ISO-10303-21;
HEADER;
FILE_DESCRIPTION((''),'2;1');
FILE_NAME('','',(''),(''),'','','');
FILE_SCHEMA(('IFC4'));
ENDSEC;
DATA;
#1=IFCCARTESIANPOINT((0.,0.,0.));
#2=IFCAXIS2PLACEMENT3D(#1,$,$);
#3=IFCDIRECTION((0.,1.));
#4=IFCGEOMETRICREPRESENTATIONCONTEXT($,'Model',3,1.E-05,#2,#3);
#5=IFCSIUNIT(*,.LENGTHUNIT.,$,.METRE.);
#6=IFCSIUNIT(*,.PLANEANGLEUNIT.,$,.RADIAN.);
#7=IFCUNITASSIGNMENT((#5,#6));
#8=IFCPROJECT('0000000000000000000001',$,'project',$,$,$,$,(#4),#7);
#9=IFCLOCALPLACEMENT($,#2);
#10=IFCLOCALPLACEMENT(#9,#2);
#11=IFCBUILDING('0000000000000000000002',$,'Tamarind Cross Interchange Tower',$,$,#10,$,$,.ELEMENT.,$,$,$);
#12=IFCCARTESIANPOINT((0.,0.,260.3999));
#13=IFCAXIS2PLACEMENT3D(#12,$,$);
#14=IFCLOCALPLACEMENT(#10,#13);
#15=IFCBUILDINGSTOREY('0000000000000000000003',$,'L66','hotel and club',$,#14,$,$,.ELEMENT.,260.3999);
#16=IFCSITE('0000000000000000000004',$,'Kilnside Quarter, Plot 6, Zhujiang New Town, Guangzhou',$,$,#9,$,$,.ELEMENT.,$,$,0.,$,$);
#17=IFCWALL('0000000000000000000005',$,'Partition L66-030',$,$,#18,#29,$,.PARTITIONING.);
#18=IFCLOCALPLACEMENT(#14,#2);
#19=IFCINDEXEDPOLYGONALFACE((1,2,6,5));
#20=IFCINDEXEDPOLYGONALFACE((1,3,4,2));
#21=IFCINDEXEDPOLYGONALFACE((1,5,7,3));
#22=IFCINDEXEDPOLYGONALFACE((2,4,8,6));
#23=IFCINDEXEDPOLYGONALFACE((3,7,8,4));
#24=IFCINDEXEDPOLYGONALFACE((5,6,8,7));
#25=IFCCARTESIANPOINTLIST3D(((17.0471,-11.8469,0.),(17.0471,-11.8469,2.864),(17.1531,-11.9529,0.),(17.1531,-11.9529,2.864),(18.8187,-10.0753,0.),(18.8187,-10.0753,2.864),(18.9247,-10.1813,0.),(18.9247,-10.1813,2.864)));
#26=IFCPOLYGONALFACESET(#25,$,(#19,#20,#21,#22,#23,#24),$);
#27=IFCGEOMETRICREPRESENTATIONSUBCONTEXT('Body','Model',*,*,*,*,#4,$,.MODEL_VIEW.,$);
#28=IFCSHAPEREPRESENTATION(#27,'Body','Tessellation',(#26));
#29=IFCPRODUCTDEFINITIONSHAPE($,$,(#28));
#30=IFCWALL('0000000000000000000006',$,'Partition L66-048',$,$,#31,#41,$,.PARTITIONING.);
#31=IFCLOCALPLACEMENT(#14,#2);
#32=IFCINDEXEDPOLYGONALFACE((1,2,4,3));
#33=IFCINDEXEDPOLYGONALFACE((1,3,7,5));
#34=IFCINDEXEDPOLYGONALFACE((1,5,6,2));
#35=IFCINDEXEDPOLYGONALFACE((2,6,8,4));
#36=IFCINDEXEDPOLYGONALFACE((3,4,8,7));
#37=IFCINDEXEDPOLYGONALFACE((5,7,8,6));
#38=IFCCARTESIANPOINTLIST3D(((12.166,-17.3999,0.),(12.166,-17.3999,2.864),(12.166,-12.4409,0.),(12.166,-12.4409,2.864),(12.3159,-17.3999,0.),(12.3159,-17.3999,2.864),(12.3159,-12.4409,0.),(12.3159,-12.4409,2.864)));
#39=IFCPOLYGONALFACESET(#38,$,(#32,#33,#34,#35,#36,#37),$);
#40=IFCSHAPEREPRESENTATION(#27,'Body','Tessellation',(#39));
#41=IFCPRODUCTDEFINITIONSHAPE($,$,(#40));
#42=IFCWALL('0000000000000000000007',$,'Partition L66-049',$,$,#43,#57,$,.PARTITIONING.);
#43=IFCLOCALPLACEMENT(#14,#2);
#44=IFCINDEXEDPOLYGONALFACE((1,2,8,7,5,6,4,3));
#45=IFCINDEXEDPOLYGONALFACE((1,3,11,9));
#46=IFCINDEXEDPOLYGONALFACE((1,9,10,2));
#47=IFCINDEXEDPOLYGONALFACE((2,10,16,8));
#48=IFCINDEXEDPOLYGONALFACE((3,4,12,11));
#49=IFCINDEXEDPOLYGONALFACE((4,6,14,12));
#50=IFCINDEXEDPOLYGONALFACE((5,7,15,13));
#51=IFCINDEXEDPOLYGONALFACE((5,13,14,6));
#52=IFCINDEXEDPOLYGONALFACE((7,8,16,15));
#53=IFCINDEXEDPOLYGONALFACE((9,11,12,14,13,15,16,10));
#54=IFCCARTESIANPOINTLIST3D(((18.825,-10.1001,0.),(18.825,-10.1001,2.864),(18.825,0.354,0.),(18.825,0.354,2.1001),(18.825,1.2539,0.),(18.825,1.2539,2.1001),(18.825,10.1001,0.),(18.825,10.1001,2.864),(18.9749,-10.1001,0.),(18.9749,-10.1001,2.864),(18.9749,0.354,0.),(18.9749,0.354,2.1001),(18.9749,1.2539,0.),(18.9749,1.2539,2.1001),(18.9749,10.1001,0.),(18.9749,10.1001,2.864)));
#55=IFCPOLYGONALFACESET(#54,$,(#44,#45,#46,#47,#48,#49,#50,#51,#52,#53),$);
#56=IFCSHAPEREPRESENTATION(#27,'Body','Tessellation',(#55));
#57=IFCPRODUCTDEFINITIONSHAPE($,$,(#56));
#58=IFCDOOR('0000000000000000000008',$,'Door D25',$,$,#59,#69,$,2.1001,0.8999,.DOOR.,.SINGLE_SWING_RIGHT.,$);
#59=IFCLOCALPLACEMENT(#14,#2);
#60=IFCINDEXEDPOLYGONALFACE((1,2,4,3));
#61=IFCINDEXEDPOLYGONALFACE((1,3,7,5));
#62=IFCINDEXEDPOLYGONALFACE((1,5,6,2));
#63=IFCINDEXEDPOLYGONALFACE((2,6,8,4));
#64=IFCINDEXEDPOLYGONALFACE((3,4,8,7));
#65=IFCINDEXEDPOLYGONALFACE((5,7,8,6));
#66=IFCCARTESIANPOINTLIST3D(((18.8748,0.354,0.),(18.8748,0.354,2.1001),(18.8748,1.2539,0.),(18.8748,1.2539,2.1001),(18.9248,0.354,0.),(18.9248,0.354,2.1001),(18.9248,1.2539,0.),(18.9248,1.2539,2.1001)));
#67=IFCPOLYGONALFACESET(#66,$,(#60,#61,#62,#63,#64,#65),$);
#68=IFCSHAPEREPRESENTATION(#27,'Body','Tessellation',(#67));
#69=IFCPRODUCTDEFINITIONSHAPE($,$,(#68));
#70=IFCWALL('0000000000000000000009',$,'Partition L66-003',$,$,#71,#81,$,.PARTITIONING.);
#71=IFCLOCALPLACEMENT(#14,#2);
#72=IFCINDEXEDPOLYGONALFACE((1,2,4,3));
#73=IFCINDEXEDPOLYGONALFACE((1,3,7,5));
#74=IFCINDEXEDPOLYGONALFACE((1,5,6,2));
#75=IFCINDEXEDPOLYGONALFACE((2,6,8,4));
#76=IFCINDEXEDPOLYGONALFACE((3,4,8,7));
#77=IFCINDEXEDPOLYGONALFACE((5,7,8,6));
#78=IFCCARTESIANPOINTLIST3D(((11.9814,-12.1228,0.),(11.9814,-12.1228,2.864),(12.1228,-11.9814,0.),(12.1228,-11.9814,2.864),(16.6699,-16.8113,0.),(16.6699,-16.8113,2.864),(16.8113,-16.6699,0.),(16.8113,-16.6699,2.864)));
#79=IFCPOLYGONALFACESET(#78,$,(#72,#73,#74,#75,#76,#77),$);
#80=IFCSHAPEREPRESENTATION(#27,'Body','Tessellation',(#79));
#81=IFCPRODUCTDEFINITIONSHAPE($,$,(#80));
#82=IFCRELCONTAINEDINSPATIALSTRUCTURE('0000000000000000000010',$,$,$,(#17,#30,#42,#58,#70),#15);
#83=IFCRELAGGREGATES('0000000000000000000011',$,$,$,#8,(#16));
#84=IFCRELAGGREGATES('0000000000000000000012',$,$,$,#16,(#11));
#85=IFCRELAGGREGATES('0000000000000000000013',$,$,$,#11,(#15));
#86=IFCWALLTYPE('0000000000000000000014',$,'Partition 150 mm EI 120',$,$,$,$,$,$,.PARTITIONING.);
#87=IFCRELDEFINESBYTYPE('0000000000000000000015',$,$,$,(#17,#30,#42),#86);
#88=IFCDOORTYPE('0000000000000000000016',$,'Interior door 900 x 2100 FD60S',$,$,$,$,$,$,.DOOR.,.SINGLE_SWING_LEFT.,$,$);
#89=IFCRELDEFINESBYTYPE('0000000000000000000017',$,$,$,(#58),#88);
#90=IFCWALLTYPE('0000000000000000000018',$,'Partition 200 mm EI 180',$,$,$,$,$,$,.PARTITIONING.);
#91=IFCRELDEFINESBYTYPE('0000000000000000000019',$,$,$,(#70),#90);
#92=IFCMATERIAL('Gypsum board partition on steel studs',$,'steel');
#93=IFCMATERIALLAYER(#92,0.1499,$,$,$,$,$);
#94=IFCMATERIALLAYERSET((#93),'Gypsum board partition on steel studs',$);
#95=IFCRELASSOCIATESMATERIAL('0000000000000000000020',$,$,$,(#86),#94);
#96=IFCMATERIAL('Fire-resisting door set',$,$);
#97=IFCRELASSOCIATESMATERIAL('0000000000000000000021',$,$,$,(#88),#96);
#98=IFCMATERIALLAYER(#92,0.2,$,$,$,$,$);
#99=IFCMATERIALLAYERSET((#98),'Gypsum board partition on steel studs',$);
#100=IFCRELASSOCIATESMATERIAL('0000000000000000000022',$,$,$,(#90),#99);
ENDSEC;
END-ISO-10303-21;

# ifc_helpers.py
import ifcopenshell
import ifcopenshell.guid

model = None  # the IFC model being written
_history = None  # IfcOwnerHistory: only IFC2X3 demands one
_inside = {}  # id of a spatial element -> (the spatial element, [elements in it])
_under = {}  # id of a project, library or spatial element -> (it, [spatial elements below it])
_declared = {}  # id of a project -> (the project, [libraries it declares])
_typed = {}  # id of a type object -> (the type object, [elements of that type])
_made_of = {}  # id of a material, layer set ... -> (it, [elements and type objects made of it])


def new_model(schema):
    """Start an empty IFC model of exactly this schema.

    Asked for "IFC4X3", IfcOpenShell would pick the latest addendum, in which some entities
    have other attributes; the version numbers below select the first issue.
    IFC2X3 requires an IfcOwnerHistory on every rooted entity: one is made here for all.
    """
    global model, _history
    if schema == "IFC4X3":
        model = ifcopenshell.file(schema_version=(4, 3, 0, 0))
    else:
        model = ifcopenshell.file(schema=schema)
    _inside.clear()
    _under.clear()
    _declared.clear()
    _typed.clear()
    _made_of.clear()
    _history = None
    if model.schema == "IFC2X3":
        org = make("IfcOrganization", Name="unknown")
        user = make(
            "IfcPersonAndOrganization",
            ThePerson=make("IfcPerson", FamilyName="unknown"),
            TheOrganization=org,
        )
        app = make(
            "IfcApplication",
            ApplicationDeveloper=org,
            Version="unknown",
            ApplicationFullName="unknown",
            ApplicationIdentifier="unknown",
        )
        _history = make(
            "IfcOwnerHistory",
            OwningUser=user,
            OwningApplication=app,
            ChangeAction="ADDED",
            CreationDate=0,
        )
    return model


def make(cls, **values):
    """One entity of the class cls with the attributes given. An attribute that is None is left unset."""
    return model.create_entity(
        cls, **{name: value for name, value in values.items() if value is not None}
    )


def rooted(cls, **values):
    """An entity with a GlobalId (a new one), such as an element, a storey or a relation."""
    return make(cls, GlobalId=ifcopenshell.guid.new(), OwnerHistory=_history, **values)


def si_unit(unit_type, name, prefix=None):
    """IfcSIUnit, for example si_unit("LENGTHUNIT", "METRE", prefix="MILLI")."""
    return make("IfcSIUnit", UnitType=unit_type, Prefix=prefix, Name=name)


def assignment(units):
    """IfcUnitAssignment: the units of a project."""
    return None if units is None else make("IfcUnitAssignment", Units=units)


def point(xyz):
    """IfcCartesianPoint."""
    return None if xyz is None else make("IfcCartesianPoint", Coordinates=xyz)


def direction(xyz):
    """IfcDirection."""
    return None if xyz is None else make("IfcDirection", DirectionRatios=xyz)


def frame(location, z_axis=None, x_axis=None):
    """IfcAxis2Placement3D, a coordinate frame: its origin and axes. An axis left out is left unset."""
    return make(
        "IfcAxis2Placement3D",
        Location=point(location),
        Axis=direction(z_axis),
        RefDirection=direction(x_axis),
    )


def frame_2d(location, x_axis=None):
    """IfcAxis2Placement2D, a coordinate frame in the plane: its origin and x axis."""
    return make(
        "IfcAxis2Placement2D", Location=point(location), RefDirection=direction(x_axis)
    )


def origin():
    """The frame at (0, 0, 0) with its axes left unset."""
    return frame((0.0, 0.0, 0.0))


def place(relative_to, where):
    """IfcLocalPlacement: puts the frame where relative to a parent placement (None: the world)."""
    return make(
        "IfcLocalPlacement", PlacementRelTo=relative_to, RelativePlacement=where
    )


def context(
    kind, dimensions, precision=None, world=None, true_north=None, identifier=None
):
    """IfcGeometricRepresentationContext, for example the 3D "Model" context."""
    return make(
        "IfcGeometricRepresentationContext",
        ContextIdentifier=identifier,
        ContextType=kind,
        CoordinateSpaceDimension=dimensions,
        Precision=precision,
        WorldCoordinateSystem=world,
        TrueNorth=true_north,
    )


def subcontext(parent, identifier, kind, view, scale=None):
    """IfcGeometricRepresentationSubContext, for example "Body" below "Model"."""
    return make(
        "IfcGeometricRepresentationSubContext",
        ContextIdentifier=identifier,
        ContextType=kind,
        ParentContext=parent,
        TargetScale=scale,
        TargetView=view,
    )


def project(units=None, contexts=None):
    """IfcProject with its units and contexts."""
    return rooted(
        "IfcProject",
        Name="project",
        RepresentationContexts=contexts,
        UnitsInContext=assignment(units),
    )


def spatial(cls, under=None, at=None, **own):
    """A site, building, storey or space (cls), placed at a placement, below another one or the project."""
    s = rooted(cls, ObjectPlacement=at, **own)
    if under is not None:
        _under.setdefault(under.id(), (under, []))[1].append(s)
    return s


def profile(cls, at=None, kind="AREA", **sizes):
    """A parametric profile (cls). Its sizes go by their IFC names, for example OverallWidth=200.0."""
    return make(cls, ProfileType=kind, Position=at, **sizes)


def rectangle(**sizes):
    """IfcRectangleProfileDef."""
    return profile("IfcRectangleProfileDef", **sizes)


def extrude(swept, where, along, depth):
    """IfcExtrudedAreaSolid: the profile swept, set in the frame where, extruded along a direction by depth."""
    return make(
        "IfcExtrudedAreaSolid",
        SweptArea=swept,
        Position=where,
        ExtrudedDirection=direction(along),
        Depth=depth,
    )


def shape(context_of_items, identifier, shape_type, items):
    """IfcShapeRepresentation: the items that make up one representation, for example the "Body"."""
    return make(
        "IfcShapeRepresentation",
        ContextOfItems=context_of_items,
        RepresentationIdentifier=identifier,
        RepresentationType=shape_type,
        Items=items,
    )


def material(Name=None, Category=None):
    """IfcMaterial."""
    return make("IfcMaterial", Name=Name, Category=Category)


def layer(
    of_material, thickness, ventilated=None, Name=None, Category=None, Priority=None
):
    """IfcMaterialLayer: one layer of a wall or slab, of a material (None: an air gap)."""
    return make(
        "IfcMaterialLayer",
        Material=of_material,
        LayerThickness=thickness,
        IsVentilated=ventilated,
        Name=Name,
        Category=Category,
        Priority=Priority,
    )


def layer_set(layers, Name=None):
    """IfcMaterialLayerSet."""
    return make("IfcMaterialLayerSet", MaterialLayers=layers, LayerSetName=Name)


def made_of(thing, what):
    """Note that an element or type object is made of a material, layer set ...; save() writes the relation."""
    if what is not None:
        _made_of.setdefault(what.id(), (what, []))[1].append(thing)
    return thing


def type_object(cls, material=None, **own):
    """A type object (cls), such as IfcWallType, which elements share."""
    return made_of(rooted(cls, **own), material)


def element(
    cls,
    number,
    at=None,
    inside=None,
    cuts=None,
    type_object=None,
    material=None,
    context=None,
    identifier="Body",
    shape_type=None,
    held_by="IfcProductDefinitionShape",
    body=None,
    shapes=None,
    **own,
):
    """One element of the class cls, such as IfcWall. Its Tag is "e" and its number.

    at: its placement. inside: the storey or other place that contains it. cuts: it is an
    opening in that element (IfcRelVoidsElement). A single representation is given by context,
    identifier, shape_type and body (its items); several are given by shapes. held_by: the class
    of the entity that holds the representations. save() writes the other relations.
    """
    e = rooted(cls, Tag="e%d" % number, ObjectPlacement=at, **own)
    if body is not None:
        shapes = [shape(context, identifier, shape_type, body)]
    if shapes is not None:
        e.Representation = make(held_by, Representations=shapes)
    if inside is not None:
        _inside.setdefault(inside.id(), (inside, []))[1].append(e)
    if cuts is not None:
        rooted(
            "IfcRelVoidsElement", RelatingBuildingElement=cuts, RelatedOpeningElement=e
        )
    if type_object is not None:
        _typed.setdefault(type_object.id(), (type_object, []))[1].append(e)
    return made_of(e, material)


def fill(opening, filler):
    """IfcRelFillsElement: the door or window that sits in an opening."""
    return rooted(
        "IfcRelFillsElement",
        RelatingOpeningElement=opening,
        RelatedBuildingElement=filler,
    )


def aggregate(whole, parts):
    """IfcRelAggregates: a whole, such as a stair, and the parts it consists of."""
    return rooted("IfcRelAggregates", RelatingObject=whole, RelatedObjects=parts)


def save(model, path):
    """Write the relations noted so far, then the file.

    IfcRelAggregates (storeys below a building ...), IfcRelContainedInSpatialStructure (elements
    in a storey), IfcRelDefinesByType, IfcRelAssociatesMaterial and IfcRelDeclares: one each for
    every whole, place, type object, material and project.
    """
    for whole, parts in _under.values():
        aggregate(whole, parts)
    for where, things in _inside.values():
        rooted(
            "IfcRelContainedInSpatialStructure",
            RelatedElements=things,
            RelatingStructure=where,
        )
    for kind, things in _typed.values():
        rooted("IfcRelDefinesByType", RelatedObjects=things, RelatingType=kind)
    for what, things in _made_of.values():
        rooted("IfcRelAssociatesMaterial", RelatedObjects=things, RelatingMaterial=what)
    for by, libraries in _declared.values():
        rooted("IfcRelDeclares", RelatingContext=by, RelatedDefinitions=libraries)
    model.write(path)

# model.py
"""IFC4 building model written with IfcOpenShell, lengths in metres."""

from ifc_helpers import new_model, si_unit, direction, frame, frame_2d, origin, place, context, subcontext, project, spatial, rectangle, extrude, material, layer, layer_set, type_object, element, fill, save


model = new_model("IFC4")

# Units and contexts
model_context = context("Model", 3, precision=1e-05, world=origin(), true_north=direction((0.0, 1.0)))
body_context = subcontext(model_context, "Body", "Model", "MODEL_VIEW")
ifc_project = project(units=[si_unit("LENGTHUNIT", "METRE"), si_unit("PLANEANGLEUNIT", "RADIAN")], contexts=[model_context])

# Site, building, storey
site_placement = place(None, origin())
site = spatial("IfcSite", under=ifc_project, at=site_placement, Name="Kilnside Quarter, Plot 6, Zhujiang New Town, Guangzhou", CompositionType="ELEMENT", RefElevation=0.0)
building_placement = place(site_placement, origin())
building = spatial("IfcBuilding", under=site, at=building_placement, Name="Tamarind Cross Interchange Tower", CompositionType="ELEMENT")
storey_placement = place(building_placement, frame((0.0, 0.0, 260.3999)))
storey = spatial("IfcBuildingStorey", under=building, at=storey_placement, Name="L66", Description="hotel and club", CompositionType="ELEMENT", Elevation=260.3999)

# Walls
ifc_material_1 = material(Name="Gypsum board partition on steel studs", Category="steel")
ifc_layer_1 = layer(ifc_material_1, 0.1499)
ifc_layer_set_1 = layer_set([ifc_layer_1], Name="Gypsum board partition on steel studs")
wall_type_1 = type_object("IfcWallType", Name="Partition 150 mm EI 120", PredefinedType="PARTITIONING", material=ifc_layer_set_1)
wall_1_placement = place(storey_placement, frame((17.1001, -11.8999, 0.0), z_axis=(0.0, 0.0, 1.0), x_axis=(0.707107, 0.707107, 0.0)))
element("IfcWall", 1, at=wall_1_placement, inside=storey, type_object=wall_type_1, Name="Partition L66-030", PredefinedType="PARTITIONING", context=body_context, shape_type="SweptSolid", body=[
    extrude(rectangle(XDim=2.5054, YDim=0.1499, at=frame_2d((1.2527, 0.0))), origin(), (0.0, 0.0, 1.0), 2.864),
])
wall_2_placement = place(storey_placement, frame((12.241, -17.3999, 0.0), z_axis=(0.0, 0.0, 1.0), x_axis=(0.0, 1.0, 0.0)))
element("IfcWall", 2, at=wall_2_placement, inside=storey, type_object=wall_type_1, Name="Partition L66-048", PredefinedType="PARTITIONING", context=body_context, shape_type="SweptSolid", body=[
    extrude(rectangle(XDim=4.959, YDim=0.1499, at=frame_2d((2.4795, 0.0))), origin(), (0.0, 0.0, 1.0), 2.864),
])

# Wall, opening, door
wall_3_placement = place(storey_placement, frame((18.8999, -10.1001, 0.0), z_axis=(0.0, 0.0, 1.0), x_axis=(0.0, 1.0, 0.0)))
wall_3 = element("IfcWall", 3, at=wall_3_placement, inside=storey, type_object=wall_type_1, Name="Partition L66-049", PredefinedType="PARTITIONING", context=body_context, shape_type="SweptSolid", body=[
    extrude(rectangle(XDim=20.2002, YDim=0.1499, at=frame_2d((10.1001, 0.0))), origin(), (0.0, 0.0, 1.0), 2.864),
])
opening_1_placement = place(wall_3_placement, frame((10.4541, 0.0, 0.0)))
opening_1 = element("IfcOpeningElement", 4, at=opening_1_placement, cuts=wall_3, PredefinedType="OPENING", context=body_context, shape_type="SweptSolid", body=[
    extrude(rectangle(XDim=0.8999, YDim=2.1001, at=frame_2d((0.45, 1.05))), frame((0.0, 0.085, 0.0), z_axis=(0.0, -1.0, 0.0), x_axis=(1.0, 0.0, 0.0)), (0.0, 0.0, 1.0), 0.1699),
])
ifc_material_2 = material(Name="Fire-resisting door set")
door_type_1 = type_object("IfcDoorType", Name="Interior door 900 x 2100 FD60S", OperationType="SINGLE_SWING_LEFT", PredefinedType="DOOR", material=ifc_material_2)
door_1_placement = place(opening_1_placement, frame((0.8999, 0.0, 0.0), z_axis=(0.0, 0.0, 1.0), x_axis=(-1.0, 0.0, 0.0)))
door_1 = element("IfcDoor", 5, at=door_1_placement, inside=storey, type_object=door_type_1, Name="Door D25", OperationType="SINGLE_SWING_RIGHT", OverallHeight=2.1001, OverallWidth=0.8999, PredefinedType="DOOR", context=body_context, shape_type="SweptSolid", body=[
    extrude(rectangle(XDim=0.8999, YDim=2.1001, at=frame_2d((0.45, 1.05))), frame((0.0, 0.0249, 0.0), z_axis=(0.0, -1.0, 0.0), x_axis=(1.0, 0.0, 0.0)), (0.0, 0.0, 1.0), 0.05),
])
fill(opening_1, door_1)

# Wall
ifc_layer_2 = layer(ifc_material_1, 0.2)
ifc_layer_set_2 = layer_set([ifc_layer_2], Name="Gypsum board partition on steel studs")
wall_type_2 = type_object("IfcWallType", Name="Partition 200 mm EI 180", PredefinedType="PARTITIONING", material=ifc_layer_set_2)
wall_4_placement = place(storey_placement, frame((12.052, -12.052, 0.0), z_axis=(0.0, 0.0, 1.0), x_axis=(0.707107, -0.707107, 0.0)))
element("IfcWall", 6, at=wall_4_placement, inside=storey, type_object=wall_type_2, Name="Partition L66-003", PredefinedType="PARTITIONING", context=body_context, shape_type="SweptSolid", body=[
    extrude(rectangle(XDim=6.6306, YDim=0.2, at=frame_2d((3.3154, 0.0))), origin(), (0.0, 0.0, 1.0), 2.864),
])

save(model, "model.ifc")
